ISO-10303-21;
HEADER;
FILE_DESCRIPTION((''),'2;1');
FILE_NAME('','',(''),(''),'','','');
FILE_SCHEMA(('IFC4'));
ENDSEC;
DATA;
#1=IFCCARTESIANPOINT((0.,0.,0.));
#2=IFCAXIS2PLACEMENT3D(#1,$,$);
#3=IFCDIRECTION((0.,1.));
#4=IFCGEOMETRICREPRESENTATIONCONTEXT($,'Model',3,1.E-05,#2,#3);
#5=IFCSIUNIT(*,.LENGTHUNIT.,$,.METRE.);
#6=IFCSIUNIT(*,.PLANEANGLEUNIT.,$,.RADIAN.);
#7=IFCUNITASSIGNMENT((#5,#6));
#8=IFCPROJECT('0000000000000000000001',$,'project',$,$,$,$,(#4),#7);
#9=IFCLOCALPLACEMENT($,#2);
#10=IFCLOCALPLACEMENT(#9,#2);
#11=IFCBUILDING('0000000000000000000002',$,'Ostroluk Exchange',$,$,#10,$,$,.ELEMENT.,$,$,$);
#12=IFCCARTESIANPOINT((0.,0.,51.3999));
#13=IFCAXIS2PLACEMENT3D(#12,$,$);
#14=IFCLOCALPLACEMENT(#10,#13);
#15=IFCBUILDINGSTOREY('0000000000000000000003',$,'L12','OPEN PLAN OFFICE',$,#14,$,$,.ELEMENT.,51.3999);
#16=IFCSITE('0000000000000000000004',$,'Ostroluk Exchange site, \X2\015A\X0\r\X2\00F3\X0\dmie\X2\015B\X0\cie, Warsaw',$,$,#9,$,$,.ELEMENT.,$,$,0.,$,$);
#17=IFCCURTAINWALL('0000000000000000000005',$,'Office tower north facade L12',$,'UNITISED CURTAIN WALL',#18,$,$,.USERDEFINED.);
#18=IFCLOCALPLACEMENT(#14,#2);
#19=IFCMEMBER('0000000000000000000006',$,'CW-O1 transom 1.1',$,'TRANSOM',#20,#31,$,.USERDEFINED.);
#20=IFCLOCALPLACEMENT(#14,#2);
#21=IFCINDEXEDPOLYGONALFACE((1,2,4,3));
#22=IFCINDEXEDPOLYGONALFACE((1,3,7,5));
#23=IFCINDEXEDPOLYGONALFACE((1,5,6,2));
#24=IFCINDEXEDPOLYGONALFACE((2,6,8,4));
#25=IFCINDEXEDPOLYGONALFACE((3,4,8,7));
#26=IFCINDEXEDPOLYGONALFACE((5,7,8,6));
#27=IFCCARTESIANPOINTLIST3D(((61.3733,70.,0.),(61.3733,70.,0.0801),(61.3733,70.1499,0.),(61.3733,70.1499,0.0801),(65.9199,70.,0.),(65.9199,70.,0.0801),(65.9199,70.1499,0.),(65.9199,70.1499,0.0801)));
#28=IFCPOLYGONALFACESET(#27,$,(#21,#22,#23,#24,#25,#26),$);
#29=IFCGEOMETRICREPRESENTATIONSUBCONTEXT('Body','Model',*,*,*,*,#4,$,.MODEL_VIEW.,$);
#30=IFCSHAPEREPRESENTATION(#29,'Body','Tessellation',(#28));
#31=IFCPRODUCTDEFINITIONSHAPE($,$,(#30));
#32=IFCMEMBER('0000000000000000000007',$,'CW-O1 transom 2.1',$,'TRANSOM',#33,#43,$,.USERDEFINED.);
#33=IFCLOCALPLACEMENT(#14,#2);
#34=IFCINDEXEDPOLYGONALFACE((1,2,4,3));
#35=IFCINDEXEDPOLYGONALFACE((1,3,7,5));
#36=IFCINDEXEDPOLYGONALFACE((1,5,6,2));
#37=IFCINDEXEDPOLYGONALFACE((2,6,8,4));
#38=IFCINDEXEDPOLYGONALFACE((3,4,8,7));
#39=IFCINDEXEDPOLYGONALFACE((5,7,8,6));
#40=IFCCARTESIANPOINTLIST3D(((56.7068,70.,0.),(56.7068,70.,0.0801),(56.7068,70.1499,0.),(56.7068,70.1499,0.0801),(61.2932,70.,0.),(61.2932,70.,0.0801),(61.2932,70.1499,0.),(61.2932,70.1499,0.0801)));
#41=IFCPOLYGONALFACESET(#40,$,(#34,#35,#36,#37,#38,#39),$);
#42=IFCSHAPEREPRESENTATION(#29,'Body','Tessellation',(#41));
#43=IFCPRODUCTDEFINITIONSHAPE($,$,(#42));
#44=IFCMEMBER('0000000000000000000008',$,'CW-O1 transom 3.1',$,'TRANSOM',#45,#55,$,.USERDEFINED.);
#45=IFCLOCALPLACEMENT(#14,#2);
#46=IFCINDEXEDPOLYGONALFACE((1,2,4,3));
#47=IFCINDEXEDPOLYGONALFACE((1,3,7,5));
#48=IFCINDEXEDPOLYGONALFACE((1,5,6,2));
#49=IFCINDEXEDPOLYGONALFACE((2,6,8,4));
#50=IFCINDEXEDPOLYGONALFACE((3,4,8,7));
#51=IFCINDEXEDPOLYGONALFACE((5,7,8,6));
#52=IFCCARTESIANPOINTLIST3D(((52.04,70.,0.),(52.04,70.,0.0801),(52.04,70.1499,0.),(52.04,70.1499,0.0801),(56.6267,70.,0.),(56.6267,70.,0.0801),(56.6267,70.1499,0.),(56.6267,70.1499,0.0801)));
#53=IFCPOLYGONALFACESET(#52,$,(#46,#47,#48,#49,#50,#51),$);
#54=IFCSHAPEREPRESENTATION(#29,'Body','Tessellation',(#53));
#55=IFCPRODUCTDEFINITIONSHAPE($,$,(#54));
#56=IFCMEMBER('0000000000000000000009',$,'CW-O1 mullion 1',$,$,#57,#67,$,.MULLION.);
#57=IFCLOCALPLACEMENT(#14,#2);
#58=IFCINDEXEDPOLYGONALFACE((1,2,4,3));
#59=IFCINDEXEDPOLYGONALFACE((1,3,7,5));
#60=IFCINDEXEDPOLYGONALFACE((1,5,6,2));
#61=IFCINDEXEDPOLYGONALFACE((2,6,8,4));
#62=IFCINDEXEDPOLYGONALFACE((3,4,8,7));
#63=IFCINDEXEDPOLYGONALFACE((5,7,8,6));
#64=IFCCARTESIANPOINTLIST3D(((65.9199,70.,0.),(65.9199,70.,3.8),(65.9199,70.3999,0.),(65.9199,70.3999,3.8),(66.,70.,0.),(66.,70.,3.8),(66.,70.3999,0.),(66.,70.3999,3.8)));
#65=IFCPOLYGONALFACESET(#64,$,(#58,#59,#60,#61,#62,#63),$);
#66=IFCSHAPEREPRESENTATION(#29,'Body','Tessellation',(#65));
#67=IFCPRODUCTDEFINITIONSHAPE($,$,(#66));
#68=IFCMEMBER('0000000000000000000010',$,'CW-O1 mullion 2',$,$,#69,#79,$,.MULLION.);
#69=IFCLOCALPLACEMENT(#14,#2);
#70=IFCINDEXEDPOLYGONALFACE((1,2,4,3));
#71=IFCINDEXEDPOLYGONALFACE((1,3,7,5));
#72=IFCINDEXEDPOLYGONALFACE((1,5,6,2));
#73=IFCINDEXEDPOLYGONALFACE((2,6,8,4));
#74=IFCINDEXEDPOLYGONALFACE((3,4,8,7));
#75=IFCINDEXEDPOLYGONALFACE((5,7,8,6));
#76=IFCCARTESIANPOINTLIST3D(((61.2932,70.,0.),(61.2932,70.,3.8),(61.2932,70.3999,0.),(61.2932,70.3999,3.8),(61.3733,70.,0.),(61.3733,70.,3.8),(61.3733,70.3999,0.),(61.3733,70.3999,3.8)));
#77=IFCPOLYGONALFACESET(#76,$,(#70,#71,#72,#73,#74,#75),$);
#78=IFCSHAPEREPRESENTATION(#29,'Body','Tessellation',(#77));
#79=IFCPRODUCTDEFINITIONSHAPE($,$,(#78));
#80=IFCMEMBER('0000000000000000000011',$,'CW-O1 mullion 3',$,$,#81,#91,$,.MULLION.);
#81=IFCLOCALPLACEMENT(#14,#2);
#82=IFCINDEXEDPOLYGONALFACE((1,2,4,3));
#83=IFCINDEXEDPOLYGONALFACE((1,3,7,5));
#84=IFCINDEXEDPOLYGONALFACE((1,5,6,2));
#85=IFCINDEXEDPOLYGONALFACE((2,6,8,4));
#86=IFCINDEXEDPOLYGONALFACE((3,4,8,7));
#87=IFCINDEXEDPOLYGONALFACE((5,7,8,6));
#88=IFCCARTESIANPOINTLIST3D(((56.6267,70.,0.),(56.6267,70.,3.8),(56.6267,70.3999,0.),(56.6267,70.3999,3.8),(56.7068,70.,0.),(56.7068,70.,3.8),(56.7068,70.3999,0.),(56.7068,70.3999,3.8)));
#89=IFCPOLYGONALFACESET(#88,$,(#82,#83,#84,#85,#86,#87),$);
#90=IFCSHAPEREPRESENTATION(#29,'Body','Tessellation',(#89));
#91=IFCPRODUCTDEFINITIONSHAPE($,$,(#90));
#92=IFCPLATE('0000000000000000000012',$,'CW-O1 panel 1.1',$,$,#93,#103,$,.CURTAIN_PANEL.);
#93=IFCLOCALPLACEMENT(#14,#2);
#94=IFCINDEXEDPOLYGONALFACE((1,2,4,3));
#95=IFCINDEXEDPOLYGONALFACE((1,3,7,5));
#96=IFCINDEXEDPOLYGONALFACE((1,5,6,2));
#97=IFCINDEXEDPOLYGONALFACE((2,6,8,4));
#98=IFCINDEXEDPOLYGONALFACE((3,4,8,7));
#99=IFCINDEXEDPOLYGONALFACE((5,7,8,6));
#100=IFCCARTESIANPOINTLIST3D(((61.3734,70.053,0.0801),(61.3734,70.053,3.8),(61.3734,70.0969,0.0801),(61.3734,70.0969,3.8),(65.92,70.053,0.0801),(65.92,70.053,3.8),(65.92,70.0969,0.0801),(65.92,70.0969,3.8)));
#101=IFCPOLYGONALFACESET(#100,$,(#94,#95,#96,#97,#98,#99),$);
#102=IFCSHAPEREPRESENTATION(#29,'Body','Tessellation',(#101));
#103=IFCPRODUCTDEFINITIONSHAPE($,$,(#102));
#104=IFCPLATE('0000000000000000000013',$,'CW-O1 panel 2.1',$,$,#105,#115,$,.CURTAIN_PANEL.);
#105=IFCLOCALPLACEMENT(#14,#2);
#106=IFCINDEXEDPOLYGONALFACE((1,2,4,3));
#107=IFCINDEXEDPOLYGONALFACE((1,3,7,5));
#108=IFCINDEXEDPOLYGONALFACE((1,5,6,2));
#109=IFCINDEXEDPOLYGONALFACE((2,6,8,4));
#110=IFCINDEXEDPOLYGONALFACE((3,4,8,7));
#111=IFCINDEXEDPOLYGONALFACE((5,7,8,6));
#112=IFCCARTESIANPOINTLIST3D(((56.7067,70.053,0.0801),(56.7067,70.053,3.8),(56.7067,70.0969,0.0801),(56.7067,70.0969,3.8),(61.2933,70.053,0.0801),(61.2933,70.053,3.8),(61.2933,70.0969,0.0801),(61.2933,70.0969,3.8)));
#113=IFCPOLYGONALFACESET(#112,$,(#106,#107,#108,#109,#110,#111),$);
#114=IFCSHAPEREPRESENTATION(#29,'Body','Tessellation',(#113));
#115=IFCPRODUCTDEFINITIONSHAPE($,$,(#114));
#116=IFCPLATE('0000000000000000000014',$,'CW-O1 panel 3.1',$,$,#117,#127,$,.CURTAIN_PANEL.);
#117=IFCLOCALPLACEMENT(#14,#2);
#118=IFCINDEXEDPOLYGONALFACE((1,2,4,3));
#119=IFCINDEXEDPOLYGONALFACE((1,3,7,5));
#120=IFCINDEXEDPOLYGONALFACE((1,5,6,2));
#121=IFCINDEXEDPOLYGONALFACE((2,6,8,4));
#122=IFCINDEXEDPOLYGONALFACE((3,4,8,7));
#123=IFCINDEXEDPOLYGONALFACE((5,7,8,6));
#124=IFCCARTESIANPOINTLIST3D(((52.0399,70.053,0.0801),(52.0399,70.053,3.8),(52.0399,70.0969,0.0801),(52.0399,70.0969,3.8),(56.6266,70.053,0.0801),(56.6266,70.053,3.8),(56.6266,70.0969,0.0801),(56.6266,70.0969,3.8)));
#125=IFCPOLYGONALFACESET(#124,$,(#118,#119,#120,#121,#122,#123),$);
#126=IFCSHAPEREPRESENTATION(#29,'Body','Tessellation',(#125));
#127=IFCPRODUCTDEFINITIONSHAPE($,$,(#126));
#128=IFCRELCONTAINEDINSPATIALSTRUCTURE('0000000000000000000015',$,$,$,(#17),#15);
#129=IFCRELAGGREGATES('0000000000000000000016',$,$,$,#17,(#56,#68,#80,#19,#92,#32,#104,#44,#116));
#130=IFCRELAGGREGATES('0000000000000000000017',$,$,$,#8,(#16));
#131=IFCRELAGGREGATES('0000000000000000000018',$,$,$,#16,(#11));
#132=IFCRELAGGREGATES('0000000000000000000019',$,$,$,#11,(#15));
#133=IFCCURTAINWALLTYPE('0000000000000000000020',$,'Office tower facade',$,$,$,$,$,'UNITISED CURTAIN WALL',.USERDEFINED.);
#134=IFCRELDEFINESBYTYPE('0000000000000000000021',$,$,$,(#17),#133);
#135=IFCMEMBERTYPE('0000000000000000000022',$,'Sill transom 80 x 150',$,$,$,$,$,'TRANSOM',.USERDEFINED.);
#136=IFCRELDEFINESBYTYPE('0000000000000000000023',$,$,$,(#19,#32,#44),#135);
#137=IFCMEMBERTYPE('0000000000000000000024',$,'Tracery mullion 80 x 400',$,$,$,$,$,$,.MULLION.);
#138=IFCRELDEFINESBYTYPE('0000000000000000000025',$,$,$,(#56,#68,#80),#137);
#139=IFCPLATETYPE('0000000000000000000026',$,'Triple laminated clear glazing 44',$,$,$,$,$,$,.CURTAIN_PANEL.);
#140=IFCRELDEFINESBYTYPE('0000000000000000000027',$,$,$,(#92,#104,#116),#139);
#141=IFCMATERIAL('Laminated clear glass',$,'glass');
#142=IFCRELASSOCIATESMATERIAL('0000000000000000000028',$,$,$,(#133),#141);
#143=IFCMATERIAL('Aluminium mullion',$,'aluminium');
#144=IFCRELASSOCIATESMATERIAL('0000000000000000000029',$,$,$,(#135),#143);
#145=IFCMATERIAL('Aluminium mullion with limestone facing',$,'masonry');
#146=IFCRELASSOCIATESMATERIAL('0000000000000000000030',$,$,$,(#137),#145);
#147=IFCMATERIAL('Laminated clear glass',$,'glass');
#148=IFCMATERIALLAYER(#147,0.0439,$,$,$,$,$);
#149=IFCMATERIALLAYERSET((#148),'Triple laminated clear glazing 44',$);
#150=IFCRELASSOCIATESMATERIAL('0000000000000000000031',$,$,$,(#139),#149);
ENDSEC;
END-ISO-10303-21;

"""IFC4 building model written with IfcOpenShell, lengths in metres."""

from ifc_helpers import new_model, si_unit, direction, frame, origin, origin_2d, place, context, subcontext, project, spatial, rectangle, extrude, material, layer, layer_set, material_profile, profile_set, type_object, element, aggregate, save


model = new_model("IFC4")

# Units and contexts
model_context = context("Model", 3, precision=1e-05, world=origin(), true_north=direction((0.0, 1.0)))
body_context = subcontext(model_context, "Body", "Model", "MODEL_VIEW")
ifc_project = project(units=[si_unit("LENGTHUNIT", "METRE"), si_unit("PLANEANGLEUNIT", "RADIAN")], contexts=[model_context])

# Site, building, storey
site_placement = place(None, origin())
site = spatial("IfcSite", under=ifc_project, at=site_placement, Name="Ostroluk Exchange site, Śródmieście, Warsaw", CompositionType="ELEMENT", RefElevation=0.0)
building_placement = place(site_placement, origin())
building = spatial("IfcBuilding", under=site, at=building_placement, Name="Ostroluk Exchange", CompositionType="ELEMENT")
storey_placement = place(building_placement, frame((0.0, 0.0, 51.3999)))
storey = spatial("IfcBuildingStorey", under=building, at=storey_placement, Name="L12", Description="OPEN PLAN OFFICE", CompositionType="ELEMENT", Elevation=51.3999)

# Curtain wall, members, plates
ifc_material_1 = material(Name="Laminated clear glass", Category="glass")
curtain_wall_type = type_object("IfcCurtainWallType", Name="Office tower facade", ElementType="UNITISED CURTAIN WALL", PredefinedType="USERDEFINED", material=ifc_material_1)
curtain_wall_placement = place(storey_placement, origin())
curtain_wall = element("IfcCurtainWall", 1, at=curtain_wall_placement, inside=storey, type_object=curtain_wall_type, Name="Office tower north facade L12", ObjectType="UNITISED CURTAIN WALL", PredefinedType="USERDEFINED")
ifc_material_2 = material(Name="Aluminium mullion", Category="aluminium")
ifc_material_profile_1 = material_profile(ifc_material_2, rectangle(XDim=0.1499, YDim=0.0801, at=origin_2d()), Name="Sill transom 80 x 150")
ifc_profile_set_1 = profile_set([ifc_material_profile_1], Name="Aluminium mullion")
member_type_1 = type_object("IfcMemberType", Name="Sill transom 80 x 150", ElementType="TRANSOM", PredefinedType="USERDEFINED", material=ifc_profile_set_1)
member_1_placement = place(storey_placement, frame((65.9199, 70.075, 0.04), z_axis=(-1.0, 0.0, 0.0), x_axis=(0.0, -1.0, 0.0)))
member_1 = element("IfcMember", 2, at=member_1_placement, type_object=member_type_1, Name="CW-O1 transom 1.1", ObjectType="TRANSOM", PredefinedType="USERDEFINED", context=body_context, shape_type="SweptSolid", body=[
    extrude(rectangle(XDim=0.1499, YDim=0.0801, at=origin_2d()), origin(), (0.0, 0.0, 1.0), 4.5466),
])
member_2_placement = place(storey_placement, frame((61.2932, 70.075, 0.04), z_axis=(-1.0, 0.0, 0.0), x_axis=(0.0, -1.0, 0.0)))
member_2 = element("IfcMember", 3, at=member_2_placement, type_object=member_type_1, Name="CW-O1 transom 2.1", ObjectType="TRANSOM", PredefinedType="USERDEFINED", context=body_context, shape_type="SweptSolid", body=[
    extrude(rectangle(XDim=0.1499, YDim=0.0801, at=origin_2d()), origin(), (0.0, 0.0, 1.0), 4.5864),
])
member_3_placement = place(storey_placement, frame((56.6267, 70.075, 0.04), z_axis=(-1.0, 0.0, 0.0), x_axis=(0.0, -1.0, 0.0)))
member_3 = element("IfcMember", 4, at=member_3_placement, type_object=member_type_1, Name="CW-O1 transom 3.1", ObjectType="TRANSOM", PredefinedType="USERDEFINED", context=body_context, shape_type="SweptSolid", body=[
    extrude(rectangle(XDim=0.1499, YDim=0.0801, at=origin_2d()), origin(), (0.0, 0.0, 1.0), 4.5867),
])
ifc_material_3 = material(Name="Aluminium mullion with limestone facing", Category="masonry")
ifc_material_profile_2 = material_profile(ifc_material_3, rectangle(XDim=0.3999, YDim=0.0801, at=origin_2d()), Name="Tracery mullion 80 x 400")
ifc_profile_set_2 = profile_set([ifc_material_profile_2], Name="Aluminium mullion with limestone facing")
member_type_2 = type_object("IfcMemberType", Name="Tracery mullion 80 x 400", PredefinedType="MULLION", material=ifc_profile_set_2)
member_4_placement = place(storey_placement, frame((65.96, 70.2, 0.0), z_axis=(0.0, 0.0, 1.0), x_axis=(0.0, -1.0, 0.0)))
member_4 = element("IfcMember", 5, at=member_4_placement, type_object=member_type_2, Name="CW-O1 mullion 1", PredefinedType="MULLION", context=body_context, shape_type="SweptSolid", body=[
    extrude(rectangle(XDim=0.3999, YDim=0.0801, at=origin_2d()), origin(), (0.0, 0.0, 1.0), 3.8),
])
member_5_placement = place(storey_placement, frame((61.3333, 70.2, 0.0), z_axis=(0.0, 0.0, 1.0), x_axis=(0.0, -1.0, 0.0)))
member_5 = element("IfcMember", 6, at=member_5_placement, type_object=member_type_2, Name="CW-O1 mullion 2", PredefinedType="MULLION", context=body_context, shape_type="SweptSolid", body=[
    extrude(rectangle(XDim=0.3999, YDim=0.0801, at=origin_2d()), origin(), (0.0, 0.0, 1.0), 3.8),
])
member_6_placement = place(storey_placement, frame((56.6667, 70.2, 0.0), z_axis=(0.0, 0.0, 1.0), x_axis=(0.0, -1.0, 0.0)))
member_6 = element("IfcMember", 7, at=member_6_placement, type_object=member_type_2, Name="CW-O1 mullion 3", PredefinedType="MULLION", context=body_context, shape_type="SweptSolid", body=[
    extrude(rectangle(XDim=0.3999, YDim=0.0801, at=origin_2d()), origin(), (0.0, 0.0, 1.0), 3.8),
])
ifc_material_4 = material(Name="Laminated clear glass", Category="glass")
ifc_layer_1 = layer(ifc_material_4, 0.0439)
ifc_layer_set_1 = layer_set([ifc_layer_1], Name="Triple laminated clear glazing 44")
plate_type = type_object("IfcPlateType", Name="Triple laminated clear glazing 44", PredefinedType="CURTAIN_PANEL", material=ifc_layer_set_1)
plate_1_placement = place(storey_placement, frame((63.6467, 70.075, 0.0801), z_axis=(0.0, 0.0, 1.0), x_axis=(-1.0, 0.0, 0.0)))
plate_1 = element("IfcPlate", 8, at=plate_1_placement, type_object=plate_type, Name="CW-O1 panel 1.1", PredefinedType="CURTAIN_PANEL", context=body_context, shape_type="SweptSolid", body=[
    extrude(rectangle(XDim=4.5466, YDim=0.0439, at=origin_2d()), origin(), (0.0, 0.0, 1.0), 3.72),
])
plate_2_placement = place(storey_placement, frame((59.0, 70.075, 0.0801), z_axis=(0.0, 0.0, 1.0), x_axis=(-1.0, 0.0, 0.0)))
plate_2 = element("IfcPlate", 9, at=plate_2_placement, type_object=plate_type, Name="CW-O1 panel 2.1", PredefinedType="CURTAIN_PANEL", context=body_context, shape_type="SweptSolid", body=[
    extrude(rectangle(XDim=4.5867, YDim=0.0439, at=origin_2d()), origin(), (0.0, 0.0, 1.0), 3.72),
])
plate_3_placement = place(storey_placement, frame((54.3333, 70.075, 0.0801), z_axis=(0.0, 0.0, 1.0), x_axis=(-1.0, 0.0, 0.0)))
plate_3 = element("IfcPlate", 10, at=plate_3_placement, type_object=plate_type, Name="CW-O1 panel 3.1", PredefinedType="CURTAIN_PANEL", context=body_context, shape_type="SweptSolid", body=[
    extrude(rectangle(XDim=4.5867, YDim=0.0439, at=origin_2d()), origin(), (0.0, 0.0, 1.0), 3.72),
])
aggregate(curtain_wall, [member_4, member_5, member_6, member_1, plate_1, member_2, plate_2, member_3, plate_3])

save(model, "model.ifc")
